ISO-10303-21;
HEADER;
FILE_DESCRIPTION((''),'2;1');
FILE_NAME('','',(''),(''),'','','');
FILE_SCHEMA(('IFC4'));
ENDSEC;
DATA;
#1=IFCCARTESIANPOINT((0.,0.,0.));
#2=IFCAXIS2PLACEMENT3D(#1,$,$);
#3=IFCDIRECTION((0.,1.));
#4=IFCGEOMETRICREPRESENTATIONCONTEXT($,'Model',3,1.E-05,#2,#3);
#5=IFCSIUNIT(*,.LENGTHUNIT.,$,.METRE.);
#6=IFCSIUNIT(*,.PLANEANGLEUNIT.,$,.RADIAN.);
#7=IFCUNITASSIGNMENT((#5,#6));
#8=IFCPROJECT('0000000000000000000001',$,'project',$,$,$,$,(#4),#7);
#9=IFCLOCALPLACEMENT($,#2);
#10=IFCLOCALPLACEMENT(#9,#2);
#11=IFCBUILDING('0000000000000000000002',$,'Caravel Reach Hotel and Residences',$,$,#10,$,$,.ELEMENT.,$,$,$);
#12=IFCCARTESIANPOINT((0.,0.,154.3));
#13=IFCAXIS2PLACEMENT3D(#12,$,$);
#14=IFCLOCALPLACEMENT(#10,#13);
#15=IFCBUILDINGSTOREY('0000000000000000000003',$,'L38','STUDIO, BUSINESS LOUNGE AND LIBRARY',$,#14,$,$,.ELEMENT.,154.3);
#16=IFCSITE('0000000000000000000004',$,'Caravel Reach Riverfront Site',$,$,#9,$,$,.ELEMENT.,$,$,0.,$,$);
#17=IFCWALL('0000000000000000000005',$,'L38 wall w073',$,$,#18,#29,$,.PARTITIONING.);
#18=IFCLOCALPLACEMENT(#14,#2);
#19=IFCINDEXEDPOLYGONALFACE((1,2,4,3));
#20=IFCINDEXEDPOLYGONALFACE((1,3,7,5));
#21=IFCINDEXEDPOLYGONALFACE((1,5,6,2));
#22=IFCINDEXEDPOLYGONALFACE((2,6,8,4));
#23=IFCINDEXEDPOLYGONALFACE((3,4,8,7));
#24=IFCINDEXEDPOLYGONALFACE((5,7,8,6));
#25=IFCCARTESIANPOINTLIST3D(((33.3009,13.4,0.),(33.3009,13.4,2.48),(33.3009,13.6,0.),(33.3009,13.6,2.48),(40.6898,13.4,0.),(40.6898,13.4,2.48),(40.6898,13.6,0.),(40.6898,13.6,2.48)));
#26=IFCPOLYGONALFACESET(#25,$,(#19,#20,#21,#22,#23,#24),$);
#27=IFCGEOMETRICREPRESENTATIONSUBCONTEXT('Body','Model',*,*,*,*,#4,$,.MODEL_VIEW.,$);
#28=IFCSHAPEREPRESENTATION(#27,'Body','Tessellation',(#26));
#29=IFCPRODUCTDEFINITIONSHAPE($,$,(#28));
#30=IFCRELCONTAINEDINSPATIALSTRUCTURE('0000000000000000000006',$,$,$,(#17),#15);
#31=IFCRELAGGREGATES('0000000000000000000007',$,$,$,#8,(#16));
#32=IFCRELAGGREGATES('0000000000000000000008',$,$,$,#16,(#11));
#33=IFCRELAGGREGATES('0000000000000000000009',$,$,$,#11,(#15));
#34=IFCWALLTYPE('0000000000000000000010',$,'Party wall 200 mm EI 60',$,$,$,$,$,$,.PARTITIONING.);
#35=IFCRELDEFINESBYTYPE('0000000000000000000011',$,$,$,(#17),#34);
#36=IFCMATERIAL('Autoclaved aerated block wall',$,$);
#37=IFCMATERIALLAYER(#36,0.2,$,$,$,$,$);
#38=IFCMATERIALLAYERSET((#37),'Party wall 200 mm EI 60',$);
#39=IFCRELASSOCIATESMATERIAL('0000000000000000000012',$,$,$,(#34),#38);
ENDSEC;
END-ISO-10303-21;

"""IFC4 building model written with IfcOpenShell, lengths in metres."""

from ifc_helpers import new_model, si_unit, direction, frame, frame_2d, origin, place, context, subcontext, project, spatial, rectangle, extrude, material, layer, layer_set, type_object, element, save


model = new_model("IFC4")

# Units and contexts
model_context = context("Model", 3, precision=1e-05, world=origin(), true_north=direction((0.0, 1.0)))
body_context = subcontext(model_context, "Body", "Model", "MODEL_VIEW")
ifc_project = project(units=[si_unit("LENGTHUNIT", "METRE"), si_unit("PLANEANGLEUNIT", "RADIAN")], contexts=[model_context])

# Site, building, storey
site_placement = place(None, origin())
site = spatial("IfcSite", under=ifc_project, at=site_placement, Name="Caravel Reach Riverfront Site", CompositionType="ELEMENT", RefElevation=0.0)
building_placement = place(site_placement, origin())
building = spatial("IfcBuilding", under=site, at=building_placement, Name="Caravel Reach Hotel and Residences", CompositionType="ELEMENT")
storey_placement = place(building_placement, frame((0.0, 0.0, 154.3)))
storey = spatial("IfcBuildingStorey", under=building, at=storey_placement, Name="L38", Description="STUDIO, BUSINESS LOUNGE AND LIBRARY", CompositionType="ELEMENT", Elevation=154.3)

# Wall
ifc_material_1 = material(Name="Autoclaved aerated block wall")
ifc_layer_1 = layer(ifc_material_1, 0.2)
ifc_layer_set_1 = layer_set([ifc_layer_1], Name="Party wall 200 mm EI 60")
wall_type_1 = type_object("IfcWallType", Name="Party wall 200 mm EI 60", PredefinedType="PARTITIONING", material=ifc_layer_set_1)
wall_1_placement = place(storey_placement, frame((33.301, 13.5, 0.0), z_axis=(0.0, 0.0, 1.0), x_axis=(1.0, 0.0, 0.0)))
element("IfcWall", 1, at=wall_1_placement, inside=storey, type_object=wall_type_1, Name="L38 wall w073", PredefinedType="PARTITIONING", context=body_context, shape_type="SweptSolid", body=[
    extrude(rectangle(XDim=7.3889, YDim=0.2, at=frame_2d((3.6943, 0.0))), origin(), (0.0, 0.0, 1.0), 2.48),
])

save(model, "model.ifc")
